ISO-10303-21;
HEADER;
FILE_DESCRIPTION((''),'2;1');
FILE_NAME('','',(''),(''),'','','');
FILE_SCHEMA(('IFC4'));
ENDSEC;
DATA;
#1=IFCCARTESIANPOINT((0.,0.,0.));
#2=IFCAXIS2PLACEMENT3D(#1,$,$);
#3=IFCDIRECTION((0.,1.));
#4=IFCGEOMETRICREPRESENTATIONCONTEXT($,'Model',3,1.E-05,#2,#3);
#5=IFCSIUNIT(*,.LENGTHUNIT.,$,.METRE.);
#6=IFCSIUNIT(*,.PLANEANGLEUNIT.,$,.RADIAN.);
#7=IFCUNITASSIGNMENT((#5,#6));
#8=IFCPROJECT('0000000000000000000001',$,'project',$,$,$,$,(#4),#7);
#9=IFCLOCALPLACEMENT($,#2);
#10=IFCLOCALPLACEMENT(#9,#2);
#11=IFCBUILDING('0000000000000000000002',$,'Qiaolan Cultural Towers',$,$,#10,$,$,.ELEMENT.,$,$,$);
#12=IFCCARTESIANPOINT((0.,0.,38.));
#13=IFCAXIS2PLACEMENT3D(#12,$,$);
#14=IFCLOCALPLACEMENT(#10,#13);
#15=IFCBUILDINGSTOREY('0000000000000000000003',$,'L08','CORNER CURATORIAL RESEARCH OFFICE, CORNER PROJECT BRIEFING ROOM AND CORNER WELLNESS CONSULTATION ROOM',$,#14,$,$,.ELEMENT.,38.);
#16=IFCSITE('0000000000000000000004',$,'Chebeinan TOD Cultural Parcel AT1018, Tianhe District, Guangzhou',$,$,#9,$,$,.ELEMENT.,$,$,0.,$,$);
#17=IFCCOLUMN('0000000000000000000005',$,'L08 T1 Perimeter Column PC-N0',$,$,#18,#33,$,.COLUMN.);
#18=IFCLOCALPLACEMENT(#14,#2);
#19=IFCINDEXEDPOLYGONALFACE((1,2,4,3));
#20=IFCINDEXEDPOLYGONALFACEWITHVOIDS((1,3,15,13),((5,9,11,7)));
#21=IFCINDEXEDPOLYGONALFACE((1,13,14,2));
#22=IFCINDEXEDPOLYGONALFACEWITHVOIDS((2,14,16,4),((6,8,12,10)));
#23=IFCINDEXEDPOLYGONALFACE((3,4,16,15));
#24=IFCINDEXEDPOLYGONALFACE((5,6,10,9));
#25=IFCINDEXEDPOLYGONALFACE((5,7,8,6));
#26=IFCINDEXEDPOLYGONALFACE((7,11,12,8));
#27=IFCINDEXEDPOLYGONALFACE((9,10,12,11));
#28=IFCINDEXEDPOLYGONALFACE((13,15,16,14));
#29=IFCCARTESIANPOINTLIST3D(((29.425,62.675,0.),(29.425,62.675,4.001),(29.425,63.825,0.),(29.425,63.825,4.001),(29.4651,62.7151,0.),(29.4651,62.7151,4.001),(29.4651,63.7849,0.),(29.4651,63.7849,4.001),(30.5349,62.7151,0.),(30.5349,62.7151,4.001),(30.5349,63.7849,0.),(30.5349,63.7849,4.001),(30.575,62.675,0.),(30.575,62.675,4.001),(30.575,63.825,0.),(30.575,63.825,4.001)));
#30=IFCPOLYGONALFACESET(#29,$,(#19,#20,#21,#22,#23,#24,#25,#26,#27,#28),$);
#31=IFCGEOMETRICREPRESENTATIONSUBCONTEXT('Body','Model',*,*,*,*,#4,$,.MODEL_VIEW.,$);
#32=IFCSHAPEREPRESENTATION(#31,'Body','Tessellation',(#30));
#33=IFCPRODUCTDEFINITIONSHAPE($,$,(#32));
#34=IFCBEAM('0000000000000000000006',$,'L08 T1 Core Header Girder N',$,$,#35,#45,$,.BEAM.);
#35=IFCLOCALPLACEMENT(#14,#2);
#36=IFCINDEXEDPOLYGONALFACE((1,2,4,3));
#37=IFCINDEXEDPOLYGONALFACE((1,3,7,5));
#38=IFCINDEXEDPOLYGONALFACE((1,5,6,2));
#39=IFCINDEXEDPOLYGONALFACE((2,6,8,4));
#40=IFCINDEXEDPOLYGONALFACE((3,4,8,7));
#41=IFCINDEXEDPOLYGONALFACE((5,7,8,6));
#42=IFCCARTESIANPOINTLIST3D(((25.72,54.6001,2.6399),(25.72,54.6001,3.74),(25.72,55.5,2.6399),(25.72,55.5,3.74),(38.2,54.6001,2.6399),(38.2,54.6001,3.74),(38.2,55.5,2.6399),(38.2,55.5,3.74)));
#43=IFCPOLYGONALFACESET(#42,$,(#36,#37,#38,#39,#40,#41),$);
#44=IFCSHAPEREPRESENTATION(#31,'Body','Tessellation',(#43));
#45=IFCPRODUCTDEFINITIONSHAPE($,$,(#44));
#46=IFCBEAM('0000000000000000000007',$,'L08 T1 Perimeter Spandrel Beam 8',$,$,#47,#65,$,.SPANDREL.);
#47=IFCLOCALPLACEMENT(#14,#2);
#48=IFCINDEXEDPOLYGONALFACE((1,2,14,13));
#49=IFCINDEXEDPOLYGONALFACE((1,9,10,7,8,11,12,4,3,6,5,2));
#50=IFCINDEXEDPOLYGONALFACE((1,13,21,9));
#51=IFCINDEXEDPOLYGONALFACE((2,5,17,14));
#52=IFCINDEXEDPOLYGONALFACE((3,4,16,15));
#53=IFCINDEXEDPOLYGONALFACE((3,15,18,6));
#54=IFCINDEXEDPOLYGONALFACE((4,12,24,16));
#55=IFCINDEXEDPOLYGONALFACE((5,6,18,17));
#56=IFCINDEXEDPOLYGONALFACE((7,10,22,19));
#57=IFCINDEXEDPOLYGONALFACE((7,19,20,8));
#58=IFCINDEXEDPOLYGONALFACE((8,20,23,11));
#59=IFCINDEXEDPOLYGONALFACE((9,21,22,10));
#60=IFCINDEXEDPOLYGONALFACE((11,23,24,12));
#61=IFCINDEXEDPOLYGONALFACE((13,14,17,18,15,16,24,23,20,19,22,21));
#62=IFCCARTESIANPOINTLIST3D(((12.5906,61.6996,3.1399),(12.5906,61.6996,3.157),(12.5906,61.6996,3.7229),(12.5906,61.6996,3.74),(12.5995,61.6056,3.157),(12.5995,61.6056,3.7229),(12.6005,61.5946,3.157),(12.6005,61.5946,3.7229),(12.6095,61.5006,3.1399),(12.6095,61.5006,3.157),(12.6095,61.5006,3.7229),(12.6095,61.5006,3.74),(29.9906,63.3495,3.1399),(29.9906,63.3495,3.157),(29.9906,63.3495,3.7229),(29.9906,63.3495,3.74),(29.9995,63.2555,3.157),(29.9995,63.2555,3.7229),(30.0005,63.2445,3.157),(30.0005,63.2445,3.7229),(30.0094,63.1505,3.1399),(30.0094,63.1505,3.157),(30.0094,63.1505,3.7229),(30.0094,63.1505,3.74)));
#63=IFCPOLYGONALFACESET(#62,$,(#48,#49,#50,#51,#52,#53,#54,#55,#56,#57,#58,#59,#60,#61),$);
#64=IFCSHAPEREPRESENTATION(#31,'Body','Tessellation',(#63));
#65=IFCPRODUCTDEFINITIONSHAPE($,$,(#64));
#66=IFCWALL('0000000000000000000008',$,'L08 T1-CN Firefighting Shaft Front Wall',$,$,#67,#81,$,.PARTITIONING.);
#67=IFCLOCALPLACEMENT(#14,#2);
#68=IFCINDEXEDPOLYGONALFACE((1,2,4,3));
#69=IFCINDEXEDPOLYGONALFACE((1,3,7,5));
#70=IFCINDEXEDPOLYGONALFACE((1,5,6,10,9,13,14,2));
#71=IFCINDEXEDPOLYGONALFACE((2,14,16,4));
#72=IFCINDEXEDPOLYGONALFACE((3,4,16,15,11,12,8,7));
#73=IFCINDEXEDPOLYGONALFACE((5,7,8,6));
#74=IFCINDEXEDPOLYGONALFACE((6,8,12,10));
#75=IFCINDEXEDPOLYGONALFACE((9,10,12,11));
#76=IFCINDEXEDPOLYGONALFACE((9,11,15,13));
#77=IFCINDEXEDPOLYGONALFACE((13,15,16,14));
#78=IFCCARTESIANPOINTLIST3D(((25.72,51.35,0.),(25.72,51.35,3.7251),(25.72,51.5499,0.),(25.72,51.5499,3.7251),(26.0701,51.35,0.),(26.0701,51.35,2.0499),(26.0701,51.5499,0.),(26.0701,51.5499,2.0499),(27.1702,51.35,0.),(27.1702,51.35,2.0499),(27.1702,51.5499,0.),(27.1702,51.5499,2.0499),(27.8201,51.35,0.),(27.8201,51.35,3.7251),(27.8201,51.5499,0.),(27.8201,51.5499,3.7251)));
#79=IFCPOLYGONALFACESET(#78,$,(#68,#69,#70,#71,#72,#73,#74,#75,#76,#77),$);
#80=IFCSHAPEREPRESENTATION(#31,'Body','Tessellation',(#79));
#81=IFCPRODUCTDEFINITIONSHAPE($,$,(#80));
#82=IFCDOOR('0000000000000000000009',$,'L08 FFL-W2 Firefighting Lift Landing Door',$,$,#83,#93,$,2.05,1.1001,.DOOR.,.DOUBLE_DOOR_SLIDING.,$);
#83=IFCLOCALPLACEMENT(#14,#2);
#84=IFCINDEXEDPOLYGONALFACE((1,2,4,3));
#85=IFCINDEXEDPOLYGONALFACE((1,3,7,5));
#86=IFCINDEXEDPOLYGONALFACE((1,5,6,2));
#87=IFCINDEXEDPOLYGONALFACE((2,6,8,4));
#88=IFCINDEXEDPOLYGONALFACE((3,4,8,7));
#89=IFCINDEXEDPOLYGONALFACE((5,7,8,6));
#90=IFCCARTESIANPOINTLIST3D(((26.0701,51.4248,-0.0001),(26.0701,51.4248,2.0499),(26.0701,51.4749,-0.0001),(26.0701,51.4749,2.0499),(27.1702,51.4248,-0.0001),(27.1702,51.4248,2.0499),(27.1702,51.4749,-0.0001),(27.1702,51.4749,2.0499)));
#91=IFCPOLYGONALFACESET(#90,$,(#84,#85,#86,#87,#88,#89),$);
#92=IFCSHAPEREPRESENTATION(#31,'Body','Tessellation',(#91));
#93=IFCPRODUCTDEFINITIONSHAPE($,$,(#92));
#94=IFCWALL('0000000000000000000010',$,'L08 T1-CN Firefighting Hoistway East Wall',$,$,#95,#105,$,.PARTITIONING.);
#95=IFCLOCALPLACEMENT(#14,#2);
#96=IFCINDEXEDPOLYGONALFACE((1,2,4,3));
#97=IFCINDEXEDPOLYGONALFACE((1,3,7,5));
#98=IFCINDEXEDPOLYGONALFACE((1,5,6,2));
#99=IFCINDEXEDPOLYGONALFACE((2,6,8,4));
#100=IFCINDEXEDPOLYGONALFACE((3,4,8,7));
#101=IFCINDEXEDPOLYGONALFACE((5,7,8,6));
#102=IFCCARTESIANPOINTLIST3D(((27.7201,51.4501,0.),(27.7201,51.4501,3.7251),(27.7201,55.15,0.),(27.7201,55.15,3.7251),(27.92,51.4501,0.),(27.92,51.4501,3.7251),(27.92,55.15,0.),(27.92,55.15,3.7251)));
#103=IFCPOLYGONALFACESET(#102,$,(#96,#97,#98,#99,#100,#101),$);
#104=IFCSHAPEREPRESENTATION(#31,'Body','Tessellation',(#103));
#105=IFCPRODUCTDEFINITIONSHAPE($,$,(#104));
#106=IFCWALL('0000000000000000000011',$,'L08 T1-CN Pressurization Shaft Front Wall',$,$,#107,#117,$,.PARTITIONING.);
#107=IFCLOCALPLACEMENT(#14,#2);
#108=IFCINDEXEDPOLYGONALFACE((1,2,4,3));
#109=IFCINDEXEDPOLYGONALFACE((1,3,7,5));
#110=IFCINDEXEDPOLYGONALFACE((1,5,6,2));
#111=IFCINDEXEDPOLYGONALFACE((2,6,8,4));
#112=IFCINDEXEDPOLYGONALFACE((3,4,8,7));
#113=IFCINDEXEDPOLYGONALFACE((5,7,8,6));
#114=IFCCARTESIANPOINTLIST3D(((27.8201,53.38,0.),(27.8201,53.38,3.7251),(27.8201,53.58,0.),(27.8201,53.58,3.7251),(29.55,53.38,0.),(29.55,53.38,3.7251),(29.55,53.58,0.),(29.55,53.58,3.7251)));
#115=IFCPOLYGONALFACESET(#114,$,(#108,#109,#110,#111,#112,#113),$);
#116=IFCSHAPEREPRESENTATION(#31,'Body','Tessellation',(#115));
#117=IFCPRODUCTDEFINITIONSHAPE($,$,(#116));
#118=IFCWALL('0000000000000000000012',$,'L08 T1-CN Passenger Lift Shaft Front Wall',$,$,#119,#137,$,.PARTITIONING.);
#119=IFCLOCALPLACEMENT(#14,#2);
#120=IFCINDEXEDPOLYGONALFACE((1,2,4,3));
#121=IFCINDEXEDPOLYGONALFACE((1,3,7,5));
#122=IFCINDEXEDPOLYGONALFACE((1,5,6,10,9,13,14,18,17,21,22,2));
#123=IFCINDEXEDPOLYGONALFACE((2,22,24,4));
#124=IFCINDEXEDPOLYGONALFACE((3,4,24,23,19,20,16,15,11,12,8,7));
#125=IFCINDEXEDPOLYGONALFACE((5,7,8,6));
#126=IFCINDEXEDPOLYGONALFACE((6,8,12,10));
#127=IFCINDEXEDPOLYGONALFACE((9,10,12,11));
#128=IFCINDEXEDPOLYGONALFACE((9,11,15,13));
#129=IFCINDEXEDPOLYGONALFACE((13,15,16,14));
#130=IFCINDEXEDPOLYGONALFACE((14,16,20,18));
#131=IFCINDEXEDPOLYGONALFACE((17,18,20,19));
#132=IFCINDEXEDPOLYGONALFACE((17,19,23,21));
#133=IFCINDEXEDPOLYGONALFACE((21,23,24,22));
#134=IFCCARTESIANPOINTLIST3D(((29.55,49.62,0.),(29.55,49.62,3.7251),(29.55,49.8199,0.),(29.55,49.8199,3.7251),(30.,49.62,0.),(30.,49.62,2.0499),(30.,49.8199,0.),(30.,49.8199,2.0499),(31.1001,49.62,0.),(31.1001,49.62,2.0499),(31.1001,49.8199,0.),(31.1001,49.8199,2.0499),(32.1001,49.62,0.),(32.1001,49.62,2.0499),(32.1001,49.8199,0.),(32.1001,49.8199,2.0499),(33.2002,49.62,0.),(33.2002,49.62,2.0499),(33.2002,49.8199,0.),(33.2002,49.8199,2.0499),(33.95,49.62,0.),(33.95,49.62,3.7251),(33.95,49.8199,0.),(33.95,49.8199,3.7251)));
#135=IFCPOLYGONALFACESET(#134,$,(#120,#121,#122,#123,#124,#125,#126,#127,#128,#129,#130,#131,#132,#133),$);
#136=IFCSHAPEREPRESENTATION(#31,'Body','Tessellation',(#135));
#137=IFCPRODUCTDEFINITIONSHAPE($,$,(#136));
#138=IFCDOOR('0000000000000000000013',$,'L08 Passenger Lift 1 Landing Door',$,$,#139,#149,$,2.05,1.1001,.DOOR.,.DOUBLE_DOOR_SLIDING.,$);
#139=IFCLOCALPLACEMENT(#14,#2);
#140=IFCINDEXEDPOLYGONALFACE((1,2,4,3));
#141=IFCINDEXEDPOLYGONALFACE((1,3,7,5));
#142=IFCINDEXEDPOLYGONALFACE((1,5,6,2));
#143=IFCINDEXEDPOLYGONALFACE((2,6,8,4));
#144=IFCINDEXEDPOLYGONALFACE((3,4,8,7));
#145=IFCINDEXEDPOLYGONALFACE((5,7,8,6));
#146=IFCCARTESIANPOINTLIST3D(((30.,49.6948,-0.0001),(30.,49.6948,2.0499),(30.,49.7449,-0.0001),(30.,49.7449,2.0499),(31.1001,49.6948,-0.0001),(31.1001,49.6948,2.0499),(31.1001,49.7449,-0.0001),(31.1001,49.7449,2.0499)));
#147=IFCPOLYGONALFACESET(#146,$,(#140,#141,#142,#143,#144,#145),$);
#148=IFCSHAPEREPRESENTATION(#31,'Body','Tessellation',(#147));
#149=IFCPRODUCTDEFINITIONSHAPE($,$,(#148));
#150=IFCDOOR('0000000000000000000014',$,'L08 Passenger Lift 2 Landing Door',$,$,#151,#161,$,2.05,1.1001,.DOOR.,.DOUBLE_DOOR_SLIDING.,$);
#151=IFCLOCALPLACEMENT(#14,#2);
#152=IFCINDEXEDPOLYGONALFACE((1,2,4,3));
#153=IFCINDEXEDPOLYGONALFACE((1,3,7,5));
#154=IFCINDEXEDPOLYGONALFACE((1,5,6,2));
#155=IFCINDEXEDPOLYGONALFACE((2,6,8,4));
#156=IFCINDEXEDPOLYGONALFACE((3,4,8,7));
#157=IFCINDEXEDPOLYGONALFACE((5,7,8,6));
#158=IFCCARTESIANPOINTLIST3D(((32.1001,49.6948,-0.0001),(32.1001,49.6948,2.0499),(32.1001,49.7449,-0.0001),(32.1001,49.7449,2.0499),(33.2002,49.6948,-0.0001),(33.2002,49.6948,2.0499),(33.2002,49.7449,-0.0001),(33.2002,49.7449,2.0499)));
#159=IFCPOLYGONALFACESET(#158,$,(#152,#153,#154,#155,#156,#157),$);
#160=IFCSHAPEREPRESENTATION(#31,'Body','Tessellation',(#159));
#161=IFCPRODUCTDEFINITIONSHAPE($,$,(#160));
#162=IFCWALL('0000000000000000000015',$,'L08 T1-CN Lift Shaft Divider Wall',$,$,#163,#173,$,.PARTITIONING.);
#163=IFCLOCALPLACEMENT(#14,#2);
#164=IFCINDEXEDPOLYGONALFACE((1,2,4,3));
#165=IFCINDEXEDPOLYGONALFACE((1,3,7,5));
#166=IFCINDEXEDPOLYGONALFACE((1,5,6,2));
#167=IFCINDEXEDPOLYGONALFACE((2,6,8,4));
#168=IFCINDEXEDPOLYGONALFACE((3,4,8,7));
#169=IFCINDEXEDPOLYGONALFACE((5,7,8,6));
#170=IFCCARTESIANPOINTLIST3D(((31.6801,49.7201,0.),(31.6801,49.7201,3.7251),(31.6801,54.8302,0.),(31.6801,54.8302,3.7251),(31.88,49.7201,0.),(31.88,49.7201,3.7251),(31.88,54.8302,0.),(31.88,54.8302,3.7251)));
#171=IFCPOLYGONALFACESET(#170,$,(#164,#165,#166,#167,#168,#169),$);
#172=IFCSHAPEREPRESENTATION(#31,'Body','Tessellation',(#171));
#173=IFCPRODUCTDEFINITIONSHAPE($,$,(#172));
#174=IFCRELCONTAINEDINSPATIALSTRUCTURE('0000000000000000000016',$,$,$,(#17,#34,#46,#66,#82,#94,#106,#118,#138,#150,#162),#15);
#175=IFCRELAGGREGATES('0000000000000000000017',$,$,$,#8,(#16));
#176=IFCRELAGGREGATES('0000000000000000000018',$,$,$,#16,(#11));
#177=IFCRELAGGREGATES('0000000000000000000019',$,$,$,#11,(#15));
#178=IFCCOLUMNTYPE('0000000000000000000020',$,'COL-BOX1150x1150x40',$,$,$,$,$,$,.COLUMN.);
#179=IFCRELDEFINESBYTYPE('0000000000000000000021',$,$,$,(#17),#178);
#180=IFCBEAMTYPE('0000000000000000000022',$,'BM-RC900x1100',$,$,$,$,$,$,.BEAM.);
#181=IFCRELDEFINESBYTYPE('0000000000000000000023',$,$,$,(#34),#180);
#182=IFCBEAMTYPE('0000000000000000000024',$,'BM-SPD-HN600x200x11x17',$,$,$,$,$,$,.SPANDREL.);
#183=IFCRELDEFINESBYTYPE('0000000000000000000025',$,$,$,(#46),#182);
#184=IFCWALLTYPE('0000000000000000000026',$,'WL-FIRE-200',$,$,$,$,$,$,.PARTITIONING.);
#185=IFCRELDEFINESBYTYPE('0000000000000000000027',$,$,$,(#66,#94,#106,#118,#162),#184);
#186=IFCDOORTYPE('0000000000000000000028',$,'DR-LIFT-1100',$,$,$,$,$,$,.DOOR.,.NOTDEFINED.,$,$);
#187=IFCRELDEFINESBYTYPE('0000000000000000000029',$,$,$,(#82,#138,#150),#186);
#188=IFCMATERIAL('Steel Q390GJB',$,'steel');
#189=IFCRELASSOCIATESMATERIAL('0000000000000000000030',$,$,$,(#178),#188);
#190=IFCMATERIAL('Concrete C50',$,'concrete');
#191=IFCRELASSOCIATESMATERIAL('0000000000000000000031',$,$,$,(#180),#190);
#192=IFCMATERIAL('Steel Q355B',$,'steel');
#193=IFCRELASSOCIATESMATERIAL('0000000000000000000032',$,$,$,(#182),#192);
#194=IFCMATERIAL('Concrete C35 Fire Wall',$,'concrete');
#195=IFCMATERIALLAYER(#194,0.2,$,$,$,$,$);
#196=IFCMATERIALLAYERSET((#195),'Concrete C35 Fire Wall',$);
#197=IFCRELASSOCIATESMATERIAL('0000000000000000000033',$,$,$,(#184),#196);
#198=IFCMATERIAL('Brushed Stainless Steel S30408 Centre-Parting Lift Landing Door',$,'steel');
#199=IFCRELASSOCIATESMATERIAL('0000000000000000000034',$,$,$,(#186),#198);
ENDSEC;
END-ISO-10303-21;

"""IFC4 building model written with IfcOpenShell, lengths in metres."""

from ifc_helpers import new_model, si_unit, direction, frame, frame_2d, origin, origin_2d, place, context, subcontext, project, spatial, rectangle, hollow_rectangle, i_section, extrude, material, layer, layer_set, material_profile, profile_set, type_object, element, fill, save


model = new_model("IFC4")

# Units and contexts
model_context = context("Model", 3, precision=1e-05, world=origin(), true_north=direction((0.0, 1.0)))
body_context = subcontext(model_context, "Body", "Model", "MODEL_VIEW")
ifc_project = project(units=[si_unit("LENGTHUNIT", "METRE"), si_unit("PLANEANGLEUNIT", "RADIAN")], contexts=[model_context])

# Site, building, storey
site_placement = place(None, origin())
site = spatial("IfcSite", under=ifc_project, at=site_placement, Name="Chebeinan TOD Cultural Parcel AT1018, Tianhe District, Guangzhou", CompositionType="ELEMENT", RefElevation=0.0)
building_placement = place(site_placement, origin())
building = spatial("IfcBuilding", under=site, at=building_placement, Name="Qiaolan Cultural Towers", CompositionType="ELEMENT")
storey_placement = place(building_placement, frame((0.0, 0.0, 38.0)))
storey = spatial("IfcBuildingStorey", under=building, at=storey_placement, Name="L08", Description="CORNER CURATORIAL RESEARCH OFFICE, CORNER PROJECT BRIEFING ROOM AND CORNER WELLNESS CONSULTATION ROOM", CompositionType="ELEMENT", Elevation=38.0)

# Column
ifc_material_1 = material(Name="Steel Q390GJB", Category="steel")
ifc_material_profile_1 = material_profile(ifc_material_1, hollow_rectangle(XDim=1.1499, YDim=1.1499, WallThickness=0.04, at=origin_2d()), Name="BOX1150x1150x40")
ifc_profile_set_1 = profile_set([ifc_material_profile_1], Name="Steel Q390GJB")
column_type = type_object("IfcColumnType", Name="COL-BOX1150x1150x40", PredefinedType="COLUMN", material=ifc_profile_set_1)
column_placement = place(storey_placement, frame((30.0, 63.25, 0.0), z_axis=(0.0, 0.0, 1.0), x_axis=(1.0, 0.0, 0.0)))
element("IfcColumn", 1, at=column_placement, inside=storey, type_object=column_type, Name="L08 T1 Perimeter Column PC-N0", PredefinedType="COLUMN", context=body_context, shape_type="SweptSolid", body=[
    extrude(hollow_rectangle(XDim=1.1499, YDim=1.1499, WallThickness=0.04, at=origin_2d()), origin(), (0.0, 0.0, 1.0), 4.001),
])

# Beams
ifc_material_2 = material(Name="Concrete C50", Category="concrete")
ifc_material_profile_2 = material_profile(ifc_material_2, rectangle(XDim=0.8999, YDim=1.1001, at=origin_2d()), Name="RC900x1100")
ifc_profile_set_2 = profile_set([ifc_material_profile_2], Name="Concrete C50")
beam_type_1 = type_object("IfcBeamType", Name="BM-RC900x1100", PredefinedType="BEAM", material=ifc_profile_set_2)
beam_1_placement = place(storey_placement, frame((25.72, 55.05, 3.1899), z_axis=(1.0, 0.0, 0.0), x_axis=(0.0, 1.0, 0.0)))
element("IfcBeam", 2, at=beam_1_placement, inside=storey, type_object=beam_type_1, Name="L08 T1 Core Header Girder N", PredefinedType="BEAM", context=body_context, shape_type="SweptSolid", body=[
    extrude(rectangle(XDim=0.8999, YDim=1.1001, at=origin_2d()), origin(), (0.0, 0.0, 1.0), 12.48),
])
ifc_material_3 = material(Name="Steel Q355B", Category="steel")
ifc_material_profile_3 = material_profile(ifc_material_3, i_section(OverallWidth=0.2, OverallDepth=0.6001, WebThickness=0.011, FlangeThickness=0.0171, at=origin_2d()), Name="HN600x200x11x17")
ifc_profile_set_3 = profile_set([ifc_material_profile_3], Name="Steel Q355B")
beam_type_2 = type_object("IfcBeamType", Name="BM-SPD-HN600x200x11x17", PredefinedType="SPANDREL", material=ifc_profile_set_3)
beam_2_placement = place(storey_placement, frame((30.0, 63.25, 3.4399), z_axis=(-0.995534, -0.094399, 0.0), x_axis=(0.094399, -0.995534, 0.0)))
element("IfcBeam", 3, at=beam_2_placement, inside=storey, type_object=beam_type_2, Name="L08 T1 Perimeter Spandrel Beam 8", PredefinedType="SPANDREL", context=body_context, shape_type="SweptSolid", body=[
    extrude(i_section(OverallWidth=0.2, OverallDepth=0.6001, WebThickness=0.011, FlangeThickness=0.0171, at=origin_2d()), origin(), (0.0, 0.0, 1.0), 17.478),
])

# Wall, opening, door
ifc_material_4 = material(Name="Concrete C35 Fire Wall", Category="concrete")
ifc_layer_1 = layer(ifc_material_4, 0.2)
ifc_layer_set_1 = layer_set([ifc_layer_1], Name="Concrete C35 Fire Wall")
wall_type_1 = type_object("IfcWallType", Name="WL-FIRE-200", PredefinedType="PARTITIONING", material=ifc_layer_set_1)
wall_1_placement = place(storey_placement, frame((25.72, 51.45, 0.0), z_axis=(0.0, 0.0, 1.0), x_axis=(1.0, 0.0, 0.0)))
wall_1 = element("IfcWall", 4, at=wall_1_placement, inside=storey, type_object=wall_type_1, Name="L08 T1-CN Firefighting Shaft Front Wall", PredefinedType="PARTITIONING", context=body_context, shape_type="SweptSolid", body=[
    extrude(rectangle(XDim=2.1001, YDim=0.2, at=frame_2d((1.05, 0.0))), origin(), (0.0, 0.0, 1.0), 3.7251),
])
opening_1_placement = place(wall_1_placement, frame((0.3501, 0.0, 0.0)))
opening_1 = element("IfcOpeningElement", 5, at=opening_1_placement, cuts=wall_1, PredefinedType="OPENING", context=body_context, shape_type="SweptSolid", body=[
    extrude(rectangle(XDim=1.1001, YDim=2.05, at=frame_2d((0.55, 1.0249))), frame((0.0, 0.1099, 0.0), z_axis=(0.0, -1.0, 0.0), x_axis=(1.0, 0.0, 0.0)), (0.0, 0.0, 1.0), 0.22),
])
ifc_material_5 = material(Name="Brushed Stainless Steel S30408 Centre-Parting Lift Landing Door", Category="steel")
door_type = type_object("IfcDoorType", Name="DR-LIFT-1100", OperationType="NOTDEFINED", PredefinedType="DOOR", material=ifc_material_5)
door_1_placement = place(opening_1_placement, origin())
door_1 = element("IfcDoor", 6, at=door_1_placement, inside=storey, type_object=door_type, Name="L08 FFL-W2 Firefighting Lift Landing Door", OperationType="DOUBLE_DOOR_SLIDING", OverallHeight=2.05, OverallWidth=1.1001, PredefinedType="DOOR", context=body_context, shape_type="SweptSolid", body=[
    extrude(rectangle(XDim=1.1001, YDim=2.05, at=frame_2d((0.55, 1.0249))), frame((0.0, 0.0249, 0.0), z_axis=(0.0, -1.0, 0.0), x_axis=(1.0, 0.0, 0.0)), (0.0, 0.0, 1.0), 0.05),
])
fill(opening_1, door_1)

# Walls
wall_2_placement = place(storey_placement, frame((27.8201, 51.45, 0.0), z_axis=(0.0, 0.0, 1.0), x_axis=(0.0, 1.0, 0.0)))
element("IfcWall", 7, at=wall_2_placement, inside=storey, type_object=wall_type_1, Name="L08 T1-CN Firefighting Hoistway East Wall", PredefinedType="PARTITIONING", context=body_context, shape_type="SweptSolid", body=[
    extrude(rectangle(XDim=3.7, YDim=0.2, at=frame_2d((1.8501, 0.0))), origin(), (0.0, 0.0, 1.0), 3.7251),
])
wall_3_placement = place(storey_placement, frame((27.8201, 53.48, 0.0), z_axis=(0.0, 0.0, 1.0), x_axis=(1.0, 0.0, 0.0)))
element("IfcWall", 8, at=wall_3_placement, inside=storey, type_object=wall_type_1, Name="L08 T1-CN Pressurization Shaft Front Wall", PredefinedType="PARTITIONING", context=body_context, shape_type="SweptSolid", body=[
    extrude(rectangle(XDim=1.73, YDim=0.2, at=frame_2d((0.865, 0.0))), origin(), (0.0, 0.0, 1.0), 3.7251),
])

# Wall, openings, doors
wall_4_placement = place(storey_placement, frame((29.55, 49.72, 0.0), z_axis=(0.0, 0.0, 1.0), x_axis=(1.0, 0.0, 0.0)))
wall_4 = element("IfcWall", 9, at=wall_4_placement, inside=storey, type_object=wall_type_1, Name="L08 T1-CN Passenger Lift Shaft Front Wall", PredefinedType="PARTITIONING", context=body_context, shape_type="SweptSolid", body=[
    extrude(rectangle(XDim=4.3999, YDim=0.2, at=frame_2d((2.2, 0.0))), origin(), (0.0, 0.0, 1.0), 3.7251),
])
opening_2_placement = place(wall_4_placement, frame((0.45, 0.0, 0.0)))
opening_2 = element("IfcOpeningElement", 10, at=opening_2_placement, cuts=wall_4, PredefinedType="OPENING", context=body_context, shape_type="SweptSolid", body=[
    extrude(rectangle(XDim=1.1001, YDim=2.05, at=frame_2d((0.55, 1.0249))), frame((0.0, 0.1099, 0.0), z_axis=(0.0, -1.0, 0.0), x_axis=(1.0, 0.0, 0.0)), (0.0, 0.0, 1.0), 0.22),
])
opening_3_placement = place(wall_4_placement, frame((2.55, 0.0, 0.0)))
opening_3 = element("IfcOpeningElement", 11, at=opening_3_placement, cuts=wall_4, PredefinedType="OPENING", context=body_context, shape_type="SweptSolid", body=[
    extrude(rectangle(XDim=1.1001, YDim=2.05, at=frame_2d((0.55, 1.0249))), frame((0.0, 0.1099, 0.0), z_axis=(0.0, -1.0, 0.0), x_axis=(1.0, 0.0, 0.0)), (0.0, 0.0, 1.0), 0.22),
])
door_2_placement = place(opening_2_placement, origin())
door_2 = element("IfcDoor", 12, at=door_2_placement, inside=storey, type_object=door_type, Name="L08 Passenger Lift 1 Landing Door", OperationType="DOUBLE_DOOR_SLIDING", OverallHeight=2.05, OverallWidth=1.1001, PredefinedType="DOOR", context=body_context, shape_type="SweptSolid", body=[
    extrude(rectangle(XDim=1.1001, YDim=2.05, at=frame_2d((0.55, 1.0249))), frame((0.0, 0.0249, 0.0), z_axis=(0.0, -1.0, 0.0), x_axis=(1.0, 0.0, 0.0)), (0.0, 0.0, 1.0), 0.05),
])
fill(opening_2, door_2)
door_3_placement = place(opening_3_placement, origin())
door_3 = element("IfcDoor", 13, at=door_3_placement, inside=storey, type_object=door_type, Name="L08 Passenger Lift 2 Landing Door", OperationType="DOUBLE_DOOR_SLIDING", OverallHeight=2.05, OverallWidth=1.1001, PredefinedType="DOOR", context=body_context, shape_type="SweptSolid", body=[
    extrude(rectangle(XDim=1.1001, YDim=2.05, at=frame_2d((0.55, 1.0249))), frame((0.0, 0.0249, 0.0), z_axis=(0.0, -1.0, 0.0), x_axis=(1.0, 0.0, 0.0)), (0.0, 0.0, 1.0), 0.05),
])
fill(opening_3, door_3)

# Wall
wall_5_placement = place(storey_placement, frame((31.78, 49.72, 0.0), z_axis=(0.0, 0.0, 1.0), x_axis=(0.0, 1.0, 0.0)))
element("IfcWall", 14, at=wall_5_placement, inside=storey, type_object=wall_type_1, Name="L08 T1-CN Lift Shaft Divider Wall", PredefinedType="PARTITIONING", context=body_context, shape_type="SweptSolid", body=[
    extrude(rectangle(XDim=5.1101, YDim=0.2, at=frame_2d((2.5552, 0.0))), origin(), (0.0, 0.0, 1.0), 3.7251),
])

save(model, "model.ifc")
